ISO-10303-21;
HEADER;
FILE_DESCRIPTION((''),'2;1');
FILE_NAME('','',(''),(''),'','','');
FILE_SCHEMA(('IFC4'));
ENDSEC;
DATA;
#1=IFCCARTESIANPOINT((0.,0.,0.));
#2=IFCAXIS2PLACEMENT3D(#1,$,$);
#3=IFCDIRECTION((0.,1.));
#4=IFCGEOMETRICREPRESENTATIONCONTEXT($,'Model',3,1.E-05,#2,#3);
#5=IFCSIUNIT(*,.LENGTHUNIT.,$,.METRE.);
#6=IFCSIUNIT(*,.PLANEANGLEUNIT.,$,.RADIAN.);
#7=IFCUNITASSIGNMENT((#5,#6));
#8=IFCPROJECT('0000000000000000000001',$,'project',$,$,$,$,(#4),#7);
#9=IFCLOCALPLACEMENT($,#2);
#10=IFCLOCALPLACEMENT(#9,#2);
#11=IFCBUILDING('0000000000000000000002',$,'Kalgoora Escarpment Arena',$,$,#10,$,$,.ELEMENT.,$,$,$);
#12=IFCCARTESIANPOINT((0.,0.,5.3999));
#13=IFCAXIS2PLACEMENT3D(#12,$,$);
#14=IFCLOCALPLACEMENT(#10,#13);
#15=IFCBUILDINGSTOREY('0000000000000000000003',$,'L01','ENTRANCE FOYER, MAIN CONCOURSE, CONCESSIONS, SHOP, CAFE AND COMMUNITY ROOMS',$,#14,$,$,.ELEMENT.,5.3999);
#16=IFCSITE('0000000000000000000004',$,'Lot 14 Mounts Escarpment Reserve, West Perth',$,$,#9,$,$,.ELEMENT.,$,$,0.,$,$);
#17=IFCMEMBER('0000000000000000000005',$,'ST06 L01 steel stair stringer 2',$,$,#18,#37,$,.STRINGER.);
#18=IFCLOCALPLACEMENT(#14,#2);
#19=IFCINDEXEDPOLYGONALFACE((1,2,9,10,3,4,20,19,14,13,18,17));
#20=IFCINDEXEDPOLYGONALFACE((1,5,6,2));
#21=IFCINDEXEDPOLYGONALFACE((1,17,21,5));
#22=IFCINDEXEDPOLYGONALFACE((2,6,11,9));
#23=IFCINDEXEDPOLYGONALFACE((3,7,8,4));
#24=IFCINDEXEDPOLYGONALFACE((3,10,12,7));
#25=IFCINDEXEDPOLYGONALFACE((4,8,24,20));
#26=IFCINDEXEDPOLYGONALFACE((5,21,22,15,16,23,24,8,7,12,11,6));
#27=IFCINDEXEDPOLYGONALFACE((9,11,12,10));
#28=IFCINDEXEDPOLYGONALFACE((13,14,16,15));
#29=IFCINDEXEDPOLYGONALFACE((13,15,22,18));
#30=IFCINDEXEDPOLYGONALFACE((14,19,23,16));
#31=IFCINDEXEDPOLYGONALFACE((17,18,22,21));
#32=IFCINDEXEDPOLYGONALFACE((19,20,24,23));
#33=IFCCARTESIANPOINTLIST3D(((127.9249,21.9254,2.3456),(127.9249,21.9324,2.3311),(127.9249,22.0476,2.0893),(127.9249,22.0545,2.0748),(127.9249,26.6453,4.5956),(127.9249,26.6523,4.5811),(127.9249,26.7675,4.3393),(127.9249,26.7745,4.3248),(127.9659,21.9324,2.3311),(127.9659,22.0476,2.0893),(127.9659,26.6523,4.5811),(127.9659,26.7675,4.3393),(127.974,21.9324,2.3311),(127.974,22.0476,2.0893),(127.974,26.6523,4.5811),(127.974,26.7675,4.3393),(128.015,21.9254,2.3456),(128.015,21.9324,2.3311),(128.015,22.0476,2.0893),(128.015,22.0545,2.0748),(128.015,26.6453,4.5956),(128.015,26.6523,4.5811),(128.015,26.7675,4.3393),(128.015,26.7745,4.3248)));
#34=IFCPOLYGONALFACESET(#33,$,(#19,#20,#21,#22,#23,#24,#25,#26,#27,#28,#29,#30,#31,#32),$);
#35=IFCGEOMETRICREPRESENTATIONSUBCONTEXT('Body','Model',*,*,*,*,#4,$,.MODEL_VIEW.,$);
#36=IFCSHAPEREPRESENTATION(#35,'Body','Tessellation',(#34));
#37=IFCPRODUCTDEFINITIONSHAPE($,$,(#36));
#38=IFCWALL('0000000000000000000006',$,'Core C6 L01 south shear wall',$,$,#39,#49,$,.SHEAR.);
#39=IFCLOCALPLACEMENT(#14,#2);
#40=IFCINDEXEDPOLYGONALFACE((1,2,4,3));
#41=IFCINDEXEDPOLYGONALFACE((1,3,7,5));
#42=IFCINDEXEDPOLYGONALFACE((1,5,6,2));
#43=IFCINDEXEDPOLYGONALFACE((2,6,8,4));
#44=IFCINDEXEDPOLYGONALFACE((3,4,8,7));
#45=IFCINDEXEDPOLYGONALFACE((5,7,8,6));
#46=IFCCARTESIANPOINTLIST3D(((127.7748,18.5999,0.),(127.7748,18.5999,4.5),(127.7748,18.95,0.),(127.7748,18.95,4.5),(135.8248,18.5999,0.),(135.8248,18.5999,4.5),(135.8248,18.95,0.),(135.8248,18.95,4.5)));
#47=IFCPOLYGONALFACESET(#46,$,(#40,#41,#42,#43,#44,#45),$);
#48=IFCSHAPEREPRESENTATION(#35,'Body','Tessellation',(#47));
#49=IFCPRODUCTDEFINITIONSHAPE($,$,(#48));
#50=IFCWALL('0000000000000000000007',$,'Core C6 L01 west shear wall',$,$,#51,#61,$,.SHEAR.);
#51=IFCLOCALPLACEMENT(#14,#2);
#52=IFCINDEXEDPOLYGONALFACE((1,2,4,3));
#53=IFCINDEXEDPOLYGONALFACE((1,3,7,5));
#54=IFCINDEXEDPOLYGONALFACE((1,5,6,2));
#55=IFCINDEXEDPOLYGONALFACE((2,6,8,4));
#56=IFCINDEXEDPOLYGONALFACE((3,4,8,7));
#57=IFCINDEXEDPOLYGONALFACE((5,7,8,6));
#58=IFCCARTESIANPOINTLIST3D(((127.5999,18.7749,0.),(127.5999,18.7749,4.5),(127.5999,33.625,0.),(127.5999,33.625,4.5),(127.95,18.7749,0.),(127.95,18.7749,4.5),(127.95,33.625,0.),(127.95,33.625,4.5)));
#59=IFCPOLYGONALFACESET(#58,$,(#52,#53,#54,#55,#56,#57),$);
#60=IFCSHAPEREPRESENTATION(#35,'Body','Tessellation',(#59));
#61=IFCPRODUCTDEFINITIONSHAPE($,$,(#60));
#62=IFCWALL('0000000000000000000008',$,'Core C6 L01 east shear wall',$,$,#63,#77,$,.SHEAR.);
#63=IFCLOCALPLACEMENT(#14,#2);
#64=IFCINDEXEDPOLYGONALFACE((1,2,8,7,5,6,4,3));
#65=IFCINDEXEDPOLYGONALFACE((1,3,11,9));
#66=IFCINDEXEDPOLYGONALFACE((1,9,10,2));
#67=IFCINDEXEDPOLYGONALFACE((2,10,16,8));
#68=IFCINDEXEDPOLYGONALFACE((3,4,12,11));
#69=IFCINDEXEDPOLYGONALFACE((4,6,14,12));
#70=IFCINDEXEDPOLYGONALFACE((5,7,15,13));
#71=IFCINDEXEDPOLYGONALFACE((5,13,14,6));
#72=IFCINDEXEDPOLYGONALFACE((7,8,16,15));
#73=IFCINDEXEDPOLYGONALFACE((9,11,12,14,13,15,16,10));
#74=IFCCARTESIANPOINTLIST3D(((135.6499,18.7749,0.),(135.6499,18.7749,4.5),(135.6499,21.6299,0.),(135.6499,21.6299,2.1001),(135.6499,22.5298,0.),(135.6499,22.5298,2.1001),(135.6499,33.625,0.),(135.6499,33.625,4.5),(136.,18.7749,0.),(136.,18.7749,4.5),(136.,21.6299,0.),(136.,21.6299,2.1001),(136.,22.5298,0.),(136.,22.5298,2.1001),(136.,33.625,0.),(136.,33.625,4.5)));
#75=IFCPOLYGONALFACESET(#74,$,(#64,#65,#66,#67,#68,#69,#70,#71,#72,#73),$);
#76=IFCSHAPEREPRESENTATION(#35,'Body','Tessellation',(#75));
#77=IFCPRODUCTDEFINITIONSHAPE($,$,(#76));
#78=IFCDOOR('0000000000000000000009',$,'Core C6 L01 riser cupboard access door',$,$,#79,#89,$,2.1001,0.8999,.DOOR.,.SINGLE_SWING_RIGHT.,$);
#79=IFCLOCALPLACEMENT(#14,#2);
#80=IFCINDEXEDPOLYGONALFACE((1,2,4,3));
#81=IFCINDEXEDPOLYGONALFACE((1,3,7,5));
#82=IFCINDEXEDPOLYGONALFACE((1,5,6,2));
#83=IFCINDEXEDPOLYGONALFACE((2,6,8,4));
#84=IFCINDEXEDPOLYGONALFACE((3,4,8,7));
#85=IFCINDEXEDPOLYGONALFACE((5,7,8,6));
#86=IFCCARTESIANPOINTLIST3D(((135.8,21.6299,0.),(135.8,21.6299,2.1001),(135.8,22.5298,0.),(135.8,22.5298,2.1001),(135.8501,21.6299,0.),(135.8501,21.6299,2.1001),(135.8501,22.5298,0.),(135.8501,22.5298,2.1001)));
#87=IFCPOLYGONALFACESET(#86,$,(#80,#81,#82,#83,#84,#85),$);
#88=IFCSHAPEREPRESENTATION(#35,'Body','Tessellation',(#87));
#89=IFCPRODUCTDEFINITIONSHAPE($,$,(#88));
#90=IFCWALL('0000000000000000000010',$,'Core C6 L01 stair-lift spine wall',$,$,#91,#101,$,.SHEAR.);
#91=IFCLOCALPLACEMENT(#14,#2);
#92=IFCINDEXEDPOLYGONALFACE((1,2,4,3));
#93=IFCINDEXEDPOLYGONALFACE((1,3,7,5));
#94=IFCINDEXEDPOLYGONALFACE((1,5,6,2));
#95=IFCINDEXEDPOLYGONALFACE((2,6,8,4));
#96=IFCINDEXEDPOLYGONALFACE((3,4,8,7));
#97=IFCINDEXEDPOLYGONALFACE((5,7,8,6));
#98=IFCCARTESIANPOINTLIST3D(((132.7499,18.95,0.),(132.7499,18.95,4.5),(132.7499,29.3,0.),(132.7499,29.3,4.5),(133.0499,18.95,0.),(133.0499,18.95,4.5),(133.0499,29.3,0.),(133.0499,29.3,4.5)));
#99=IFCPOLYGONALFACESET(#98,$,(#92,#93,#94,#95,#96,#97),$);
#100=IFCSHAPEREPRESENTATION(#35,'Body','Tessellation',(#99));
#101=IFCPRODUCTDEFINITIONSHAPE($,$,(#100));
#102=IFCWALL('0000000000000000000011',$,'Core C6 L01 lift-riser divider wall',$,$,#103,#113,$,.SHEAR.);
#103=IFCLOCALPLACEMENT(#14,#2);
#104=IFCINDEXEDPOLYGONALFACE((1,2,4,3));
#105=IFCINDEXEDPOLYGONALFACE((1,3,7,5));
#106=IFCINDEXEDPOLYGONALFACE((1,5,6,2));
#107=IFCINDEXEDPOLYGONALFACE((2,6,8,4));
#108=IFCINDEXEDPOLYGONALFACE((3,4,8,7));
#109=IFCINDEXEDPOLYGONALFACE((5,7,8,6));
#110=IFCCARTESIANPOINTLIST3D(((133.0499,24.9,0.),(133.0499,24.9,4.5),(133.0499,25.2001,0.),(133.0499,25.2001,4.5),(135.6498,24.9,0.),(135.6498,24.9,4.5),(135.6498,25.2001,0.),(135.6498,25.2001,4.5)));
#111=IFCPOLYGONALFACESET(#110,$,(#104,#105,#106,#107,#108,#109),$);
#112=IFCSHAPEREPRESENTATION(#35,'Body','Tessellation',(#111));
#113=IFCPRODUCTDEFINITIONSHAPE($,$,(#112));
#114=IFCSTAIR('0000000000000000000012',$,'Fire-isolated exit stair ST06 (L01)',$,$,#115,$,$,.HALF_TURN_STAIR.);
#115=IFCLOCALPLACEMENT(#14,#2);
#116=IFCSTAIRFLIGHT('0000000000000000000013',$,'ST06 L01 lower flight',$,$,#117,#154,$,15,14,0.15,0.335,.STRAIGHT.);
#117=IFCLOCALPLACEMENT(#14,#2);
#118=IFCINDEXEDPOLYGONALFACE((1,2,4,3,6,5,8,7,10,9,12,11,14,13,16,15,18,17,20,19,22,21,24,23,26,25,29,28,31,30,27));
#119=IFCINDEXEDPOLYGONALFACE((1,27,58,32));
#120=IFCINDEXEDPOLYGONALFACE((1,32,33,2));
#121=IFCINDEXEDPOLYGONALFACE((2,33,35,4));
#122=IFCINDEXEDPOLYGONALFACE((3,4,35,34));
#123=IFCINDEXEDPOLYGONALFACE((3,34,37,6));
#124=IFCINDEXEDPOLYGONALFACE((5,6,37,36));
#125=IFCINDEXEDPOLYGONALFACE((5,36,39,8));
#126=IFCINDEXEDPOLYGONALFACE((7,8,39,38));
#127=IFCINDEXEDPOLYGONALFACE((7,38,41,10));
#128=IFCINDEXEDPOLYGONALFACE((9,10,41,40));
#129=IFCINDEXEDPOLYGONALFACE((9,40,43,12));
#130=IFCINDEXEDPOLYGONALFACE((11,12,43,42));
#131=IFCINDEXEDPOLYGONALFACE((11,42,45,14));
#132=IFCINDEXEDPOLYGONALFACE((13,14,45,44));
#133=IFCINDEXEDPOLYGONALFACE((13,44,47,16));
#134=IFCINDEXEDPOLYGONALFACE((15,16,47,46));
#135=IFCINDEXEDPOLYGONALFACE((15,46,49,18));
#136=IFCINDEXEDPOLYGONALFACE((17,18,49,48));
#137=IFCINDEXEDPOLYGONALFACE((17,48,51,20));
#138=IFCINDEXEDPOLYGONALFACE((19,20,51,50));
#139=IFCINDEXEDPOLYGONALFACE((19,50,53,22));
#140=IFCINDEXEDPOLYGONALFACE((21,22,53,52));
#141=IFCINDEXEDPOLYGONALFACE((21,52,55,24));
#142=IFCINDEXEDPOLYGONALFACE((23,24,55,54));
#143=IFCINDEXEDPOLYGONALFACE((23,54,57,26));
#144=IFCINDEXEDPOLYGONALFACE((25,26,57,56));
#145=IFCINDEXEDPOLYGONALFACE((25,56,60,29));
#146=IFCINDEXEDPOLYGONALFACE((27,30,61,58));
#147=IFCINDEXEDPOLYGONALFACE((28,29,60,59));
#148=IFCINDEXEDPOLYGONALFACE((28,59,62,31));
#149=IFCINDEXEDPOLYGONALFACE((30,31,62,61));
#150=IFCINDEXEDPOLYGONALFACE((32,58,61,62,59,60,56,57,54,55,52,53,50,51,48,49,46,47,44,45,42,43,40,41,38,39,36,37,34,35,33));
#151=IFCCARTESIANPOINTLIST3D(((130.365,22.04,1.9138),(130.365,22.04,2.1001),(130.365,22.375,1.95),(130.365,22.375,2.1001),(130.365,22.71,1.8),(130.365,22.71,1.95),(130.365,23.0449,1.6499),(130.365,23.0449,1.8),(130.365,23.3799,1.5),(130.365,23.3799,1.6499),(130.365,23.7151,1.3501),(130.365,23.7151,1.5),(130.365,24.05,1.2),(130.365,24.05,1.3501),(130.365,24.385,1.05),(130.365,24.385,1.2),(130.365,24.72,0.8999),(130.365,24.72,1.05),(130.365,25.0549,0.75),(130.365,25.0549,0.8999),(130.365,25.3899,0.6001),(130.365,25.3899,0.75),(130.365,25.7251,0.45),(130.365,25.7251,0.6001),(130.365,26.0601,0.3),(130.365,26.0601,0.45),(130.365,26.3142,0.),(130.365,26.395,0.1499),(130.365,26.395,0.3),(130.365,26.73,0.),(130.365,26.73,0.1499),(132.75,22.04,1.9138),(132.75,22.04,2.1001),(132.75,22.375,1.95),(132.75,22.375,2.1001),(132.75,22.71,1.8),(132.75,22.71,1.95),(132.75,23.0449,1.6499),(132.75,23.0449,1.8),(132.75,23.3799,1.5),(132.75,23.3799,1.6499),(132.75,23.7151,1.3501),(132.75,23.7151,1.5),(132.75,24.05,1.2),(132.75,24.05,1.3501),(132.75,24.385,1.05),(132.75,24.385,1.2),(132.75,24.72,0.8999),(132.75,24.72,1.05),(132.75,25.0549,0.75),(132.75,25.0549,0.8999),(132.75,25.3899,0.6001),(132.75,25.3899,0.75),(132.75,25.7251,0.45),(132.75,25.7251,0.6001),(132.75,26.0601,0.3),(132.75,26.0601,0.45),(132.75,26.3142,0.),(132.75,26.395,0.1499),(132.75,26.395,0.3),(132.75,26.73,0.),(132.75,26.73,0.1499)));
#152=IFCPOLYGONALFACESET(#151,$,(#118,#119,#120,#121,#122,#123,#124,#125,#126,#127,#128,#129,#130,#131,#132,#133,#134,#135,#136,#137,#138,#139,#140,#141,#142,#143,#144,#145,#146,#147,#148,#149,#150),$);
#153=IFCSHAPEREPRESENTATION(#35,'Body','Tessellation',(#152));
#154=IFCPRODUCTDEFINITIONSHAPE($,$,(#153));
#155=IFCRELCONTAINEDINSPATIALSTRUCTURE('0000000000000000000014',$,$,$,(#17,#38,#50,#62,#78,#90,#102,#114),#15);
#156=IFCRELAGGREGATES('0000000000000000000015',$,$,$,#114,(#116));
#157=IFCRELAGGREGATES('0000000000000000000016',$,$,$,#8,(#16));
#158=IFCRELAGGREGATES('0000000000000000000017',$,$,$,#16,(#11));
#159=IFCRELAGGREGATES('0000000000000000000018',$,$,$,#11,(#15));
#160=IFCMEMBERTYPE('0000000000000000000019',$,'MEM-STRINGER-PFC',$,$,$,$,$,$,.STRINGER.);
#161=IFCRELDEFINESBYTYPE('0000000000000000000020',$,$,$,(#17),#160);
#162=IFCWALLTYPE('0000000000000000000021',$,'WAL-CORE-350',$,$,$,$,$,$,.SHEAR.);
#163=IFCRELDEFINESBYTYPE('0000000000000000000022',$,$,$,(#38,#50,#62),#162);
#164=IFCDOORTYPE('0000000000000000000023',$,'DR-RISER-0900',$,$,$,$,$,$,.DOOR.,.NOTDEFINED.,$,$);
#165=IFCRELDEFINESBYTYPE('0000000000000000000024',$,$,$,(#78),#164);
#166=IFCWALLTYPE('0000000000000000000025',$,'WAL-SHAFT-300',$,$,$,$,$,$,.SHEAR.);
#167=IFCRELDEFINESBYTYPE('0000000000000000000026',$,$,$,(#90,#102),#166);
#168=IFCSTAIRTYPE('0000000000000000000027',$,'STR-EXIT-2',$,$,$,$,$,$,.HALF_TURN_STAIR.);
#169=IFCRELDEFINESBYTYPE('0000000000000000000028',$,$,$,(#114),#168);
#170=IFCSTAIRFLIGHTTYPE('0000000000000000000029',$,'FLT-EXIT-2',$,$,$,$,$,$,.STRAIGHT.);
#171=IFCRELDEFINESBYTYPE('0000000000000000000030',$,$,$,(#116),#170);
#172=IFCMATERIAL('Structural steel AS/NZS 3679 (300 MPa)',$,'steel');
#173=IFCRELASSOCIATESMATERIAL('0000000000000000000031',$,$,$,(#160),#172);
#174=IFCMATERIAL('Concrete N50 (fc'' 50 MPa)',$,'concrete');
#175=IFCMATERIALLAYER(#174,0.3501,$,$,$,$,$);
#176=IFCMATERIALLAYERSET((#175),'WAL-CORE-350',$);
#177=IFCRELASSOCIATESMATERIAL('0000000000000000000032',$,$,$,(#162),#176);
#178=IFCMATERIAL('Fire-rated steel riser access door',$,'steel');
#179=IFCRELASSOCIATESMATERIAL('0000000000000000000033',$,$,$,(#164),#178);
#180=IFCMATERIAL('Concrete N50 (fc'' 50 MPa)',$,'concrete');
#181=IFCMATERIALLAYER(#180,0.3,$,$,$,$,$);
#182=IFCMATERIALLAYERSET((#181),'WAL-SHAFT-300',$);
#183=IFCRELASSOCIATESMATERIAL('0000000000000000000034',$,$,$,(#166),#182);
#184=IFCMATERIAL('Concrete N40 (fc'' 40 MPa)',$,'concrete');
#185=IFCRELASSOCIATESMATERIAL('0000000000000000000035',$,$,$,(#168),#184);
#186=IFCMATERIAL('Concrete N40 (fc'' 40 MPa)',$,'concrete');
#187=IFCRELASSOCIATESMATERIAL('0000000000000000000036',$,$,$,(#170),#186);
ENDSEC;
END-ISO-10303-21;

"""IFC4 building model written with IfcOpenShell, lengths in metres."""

from ifc_helpers import new_model, si_unit, direction, frame, frame_2d, origin, origin_2d, place, context, subcontext, project, spatial, polyline, rectangle, i_section, outline, extrude, material, layer, layer_set, material_profile, profile_set, type_object, element, fill, aggregate, save


model = new_model("IFC4")

# Units and contexts
model_context = context("Model", 3, precision=1e-05, world=origin(), true_north=direction((0.0, 1.0)))
body_context = subcontext(model_context, "Body", "Model", "MODEL_VIEW")
ifc_project = project(units=[si_unit("LENGTHUNIT", "METRE"), si_unit("PLANEANGLEUNIT", "RADIAN")], contexts=[model_context])

# Site, building, storey
site_placement = place(None, origin())
site = spatial("IfcSite", under=ifc_project, at=site_placement, Name="Lot 14 Mounts Escarpment Reserve, West Perth", CompositionType="ELEMENT", RefElevation=0.0)
building_placement = place(site_placement, origin())
building = spatial("IfcBuilding", under=site, at=building_placement, Name="Kalgoora Escarpment Arena", CompositionType="ELEMENT")
storey_placement = place(building_placement, frame((0.0, 0.0, 5.3999)))
storey = spatial("IfcBuildingStorey", under=building, at=storey_placement, Name="L01", Description="ENTRANCE FOYER, MAIN CONCOURSE, CONCESSIONS, SHOP, CAFE AND COMMUNITY ROOMS", CompositionType="ELEMENT", Elevation=5.3999)

# Member
ifc_material_1 = material(Name="Structural steel AS/NZS 3679 (300 MPa)", Category="steel")
ifc_material_profile_1 = material_profile(ifc_material_1, i_section(OverallWidth=0.0901, OverallDepth=0.3, WebThickness=0.0081, FlangeThickness=0.0161, at=origin_2d()))
ifc_profile_set_1 = profile_set([ifc_material_profile_1], Name="Structural steel AS/NZS 3679 (300 MPa)")
member_type_1 = type_object("IfcMemberType", Name="MEM-STRINGER-PFC", PredefinedType="STRINGER", material=ifc_profile_set_1)
for number, where, z_axis, x_axis, name in (
    (1, (127.97, 21.99, 2.2102), (0.0, 0.902683, 0.430307), (-1.0, 0.0, 0.0), "ST06 L01 steel stair stringer 2"),
):
    element("IfcMember", number, at=place(storey_placement, frame(where, z_axis=z_axis, x_axis=x_axis)), inside=storey, type_object=member_type_1, Name=name, PredefinedType="STRINGER", context=body_context, shape_type="SweptSolid", body=[
        extrude(i_section(OverallWidth=0.0901, OverallDepth=0.3, WebThickness=0.0081, FlangeThickness=0.0161, at=origin_2d()), origin(), (0.0, 0.0, 1.0), 5.2288),
    ])

# Walls
ifc_material_2 = material(Name="Concrete N50 (fc' 50 MPa)", Category="concrete")
ifc_layer_1 = layer(ifc_material_2, 0.3501)
ifc_layer_set_1 = layer_set([ifc_layer_1], Name="WAL-CORE-350")
wall_type_1 = type_object("IfcWallType", Name="WAL-CORE-350", PredefinedType="SHEAR", material=ifc_layer_set_1)
wall_1_placement = place(storey_placement, frame((127.7749, 18.7749, 0.0), z_axis=(0.0, 0.0, 1.0), x_axis=(1.0, 0.0, 0.0)))
element("IfcWall", 2, at=wall_1_placement, inside=storey, type_object=wall_type_1, Name="Core C6 L01 south shear wall", PredefinedType="SHEAR", context=body_context, shape_type="SweptSolid", body=[
    extrude(rectangle(XDim=8.05, YDim=0.3501, at=frame_2d((4.0249, 0.0))), origin(), (0.0, 0.0, 1.0), 4.5),
])
wall_2_placement = place(storey_placement, frame((127.7749, 18.7749, 0.0), z_axis=(0.0, 0.0, 1.0), x_axis=(0.0, 1.0, 0.0)))
element("IfcWall", 3, at=wall_2_placement, inside=storey, type_object=wall_type_1, Name="Core C6 L01 west shear wall", PredefinedType="SHEAR", context=body_context, shape_type="SweptSolid", body=[
    extrude(rectangle(XDim=14.8501, YDim=0.3501, at=frame_2d((7.425, 0.0))), origin(), (0.0, 0.0, 1.0), 4.5),
])

# Wall, opening, door
wall_3_placement = place(storey_placement, frame((135.825, 18.7749, 0.0), z_axis=(0.0, 0.0, 1.0), x_axis=(0.0, 1.0, 0.0)))
wall_3 = element("IfcWall", 4, at=wall_3_placement, inside=storey, type_object=wall_type_1, Name="Core C6 L01 east shear wall", PredefinedType="SHEAR", context=body_context, shape_type="SweptSolid", body=[
    extrude(rectangle(XDim=14.8501, YDim=0.3501, at=frame_2d((7.425, 0.0))), origin(), (0.0, 0.0, 1.0), 4.5),
])
opening_placement = place(wall_3_placement, frame((2.855, 0.0, 0.0)))
opening = element("IfcOpeningElement", 5, at=opening_placement, cuts=wall_3, PredefinedType="OPENING", context=body_context, shape_type="SweptSolid", body=[
    extrude(rectangle(XDim=0.8999, YDim=2.1001, at=frame_2d((0.45, 1.05))), frame((0.0, 0.1851, 0.0), z_axis=(0.0, -1.0, 0.0), x_axis=(1.0, 0.0, 0.0)), (0.0, 0.0, 1.0), 0.3701),
])
ifc_material_3 = material(Name="Fire-rated steel riser access door", Category="steel")
door_type = type_object("IfcDoorType", Name="DR-RISER-0900", OperationType="NOTDEFINED", PredefinedType="DOOR", material=ifc_material_3)
door_placement = place(opening_placement, origin())
door = element("IfcDoor", 6, at=door_placement, inside=storey, type_object=door_type, Name="Core C6 L01 riser cupboard access door", OperationType="SINGLE_SWING_RIGHT", OverallHeight=2.1001, OverallWidth=0.8999, PredefinedType="DOOR", context=body_context, shape_type="SweptSolid", body=[
    extrude(rectangle(XDim=0.8999, YDim=2.1001, at=frame_2d((0.45, 1.05))), frame((0.0, 0.0249, 0.0), z_axis=(0.0, -1.0, 0.0), x_axis=(1.0, 0.0, 0.0)), (0.0, 0.0, 1.0), 0.05),
])
fill(opening, door)

# Walls
ifc_material_4 = material(Name="Concrete N50 (fc' 50 MPa)", Category="concrete")
ifc_layer_2 = layer(ifc_material_4, 0.3)
ifc_layer_set_2 = layer_set([ifc_layer_2], Name="WAL-SHAFT-300")
wall_type_2 = type_object("IfcWallType", Name="WAL-SHAFT-300", PredefinedType="SHEAR", material=ifc_layer_set_2)
wall_4_placement = place(storey_placement, frame((132.8999, 18.95, 0.0), z_axis=(0.0, 0.0, 1.0), x_axis=(0.0, 1.0, 0.0)))
element("IfcWall", 7, at=wall_4_placement, inside=storey, type_object=wall_type_2, Name="Core C6 L01 stair-lift spine wall", PredefinedType="SHEAR", context=body_context, shape_type="SweptSolid", body=[
    extrude(rectangle(XDim=10.3501, YDim=0.3, at=frame_2d((5.175, 0.0))), origin(), (0.0, 0.0, 1.0), 4.5),
])
wall_5_placement = place(storey_placement, frame((133.05, 25.05, 0.0), z_axis=(0.0, 0.0, 1.0), x_axis=(1.0, 0.0, 0.0)))
element("IfcWall", 8, at=wall_5_placement, inside=storey, type_object=wall_type_2, Name="Core C6 L01 lift-riser divider wall", PredefinedType="SHEAR", context=body_context, shape_type="SweptSolid", body=[
    extrude(rectangle(XDim=2.5999, YDim=0.3, at=frame_2d((1.2998, 0.0))), origin(), (0.0, 0.0, 1.0), 4.5),
])

# Stair, stair flight
ifc_material_5 = material(Name="Concrete N40 (fc' 40 MPa)", Category="concrete")
stair_type = type_object("IfcStairType", Name="STR-EXIT-2", PredefinedType="HALF_TURN_STAIR", material=ifc_material_5)
stair_placement = place(storey_placement, origin())
stair = element("IfcStair", 9, at=stair_placement, inside=storey, type_object=stair_type, Name="Fire-isolated exit stair ST06 (L01)", PredefinedType="HALF_TURN_STAIR")
ifc_material_6 = material(Name="Concrete N40 (fc' 40 MPa)", Category="concrete")
stair_flight_type = type_object("IfcStairFlightType", Name="FLT-EXIT-2", PredefinedType="STRAIGHT", material=ifc_material_6)
stair_flight_1_placement = place(storey_placement, frame((131.5576, 26.73, 0.0), z_axis=(0.0, 0.0, 1.0), x_axis=(0.0, -1.0, 0.0)))
stair_flight_1 = element("IfcStairFlight", 10, at=stair_flight_1_placement, type_object=stair_flight_type, Name="ST06 L01 lower flight", NumberOfRisers=15, NumberOfTreads=14, PredefinedType="STRAIGHT", RiserHeight=0.15, TreadLength=0.335, context=body_context, shape_type="SweptSolid", body=[
    extrude(outline(polyline([(0.0, 0.0), (0.0, 0.1499), (0.335, 0.1499), (0.335, 0.3), (0.6699, 0.3), (0.6699, 0.45), (1.0049, 0.45), (1.0049, 0.6001), (1.3401, 0.6001), (1.3401, 0.75), (1.675, 0.75), (1.675, 0.8999), (2.01, 0.8999), (2.01, 1.05), (2.345, 1.05), (2.345, 1.2), (2.6799, 1.2), (2.6799, 1.3501), (3.0149, 1.3501), (3.0149, 1.5), (3.3501, 1.5), (3.3501, 1.6499), (3.6851, 1.6499), (3.6851, 1.8), (4.02, 1.8), (4.02, 1.95), (4.355, 1.95), (4.355, 2.1001), (4.6899, 2.1001), (4.6899, 2.25), (4.6899, 1.9138), (0.4158, 0.0), (0.0, 0.0)])), frame((0.0, 1.1924, 0.0), z_axis=(0.0, -1.0, 0.0), x_axis=(1.0, 0.0, 0.0)), (0.0, 0.0, 1.0), 2.385),
])
aggregate(stair, [stair_flight_1])

save(model, "model.ifc")
